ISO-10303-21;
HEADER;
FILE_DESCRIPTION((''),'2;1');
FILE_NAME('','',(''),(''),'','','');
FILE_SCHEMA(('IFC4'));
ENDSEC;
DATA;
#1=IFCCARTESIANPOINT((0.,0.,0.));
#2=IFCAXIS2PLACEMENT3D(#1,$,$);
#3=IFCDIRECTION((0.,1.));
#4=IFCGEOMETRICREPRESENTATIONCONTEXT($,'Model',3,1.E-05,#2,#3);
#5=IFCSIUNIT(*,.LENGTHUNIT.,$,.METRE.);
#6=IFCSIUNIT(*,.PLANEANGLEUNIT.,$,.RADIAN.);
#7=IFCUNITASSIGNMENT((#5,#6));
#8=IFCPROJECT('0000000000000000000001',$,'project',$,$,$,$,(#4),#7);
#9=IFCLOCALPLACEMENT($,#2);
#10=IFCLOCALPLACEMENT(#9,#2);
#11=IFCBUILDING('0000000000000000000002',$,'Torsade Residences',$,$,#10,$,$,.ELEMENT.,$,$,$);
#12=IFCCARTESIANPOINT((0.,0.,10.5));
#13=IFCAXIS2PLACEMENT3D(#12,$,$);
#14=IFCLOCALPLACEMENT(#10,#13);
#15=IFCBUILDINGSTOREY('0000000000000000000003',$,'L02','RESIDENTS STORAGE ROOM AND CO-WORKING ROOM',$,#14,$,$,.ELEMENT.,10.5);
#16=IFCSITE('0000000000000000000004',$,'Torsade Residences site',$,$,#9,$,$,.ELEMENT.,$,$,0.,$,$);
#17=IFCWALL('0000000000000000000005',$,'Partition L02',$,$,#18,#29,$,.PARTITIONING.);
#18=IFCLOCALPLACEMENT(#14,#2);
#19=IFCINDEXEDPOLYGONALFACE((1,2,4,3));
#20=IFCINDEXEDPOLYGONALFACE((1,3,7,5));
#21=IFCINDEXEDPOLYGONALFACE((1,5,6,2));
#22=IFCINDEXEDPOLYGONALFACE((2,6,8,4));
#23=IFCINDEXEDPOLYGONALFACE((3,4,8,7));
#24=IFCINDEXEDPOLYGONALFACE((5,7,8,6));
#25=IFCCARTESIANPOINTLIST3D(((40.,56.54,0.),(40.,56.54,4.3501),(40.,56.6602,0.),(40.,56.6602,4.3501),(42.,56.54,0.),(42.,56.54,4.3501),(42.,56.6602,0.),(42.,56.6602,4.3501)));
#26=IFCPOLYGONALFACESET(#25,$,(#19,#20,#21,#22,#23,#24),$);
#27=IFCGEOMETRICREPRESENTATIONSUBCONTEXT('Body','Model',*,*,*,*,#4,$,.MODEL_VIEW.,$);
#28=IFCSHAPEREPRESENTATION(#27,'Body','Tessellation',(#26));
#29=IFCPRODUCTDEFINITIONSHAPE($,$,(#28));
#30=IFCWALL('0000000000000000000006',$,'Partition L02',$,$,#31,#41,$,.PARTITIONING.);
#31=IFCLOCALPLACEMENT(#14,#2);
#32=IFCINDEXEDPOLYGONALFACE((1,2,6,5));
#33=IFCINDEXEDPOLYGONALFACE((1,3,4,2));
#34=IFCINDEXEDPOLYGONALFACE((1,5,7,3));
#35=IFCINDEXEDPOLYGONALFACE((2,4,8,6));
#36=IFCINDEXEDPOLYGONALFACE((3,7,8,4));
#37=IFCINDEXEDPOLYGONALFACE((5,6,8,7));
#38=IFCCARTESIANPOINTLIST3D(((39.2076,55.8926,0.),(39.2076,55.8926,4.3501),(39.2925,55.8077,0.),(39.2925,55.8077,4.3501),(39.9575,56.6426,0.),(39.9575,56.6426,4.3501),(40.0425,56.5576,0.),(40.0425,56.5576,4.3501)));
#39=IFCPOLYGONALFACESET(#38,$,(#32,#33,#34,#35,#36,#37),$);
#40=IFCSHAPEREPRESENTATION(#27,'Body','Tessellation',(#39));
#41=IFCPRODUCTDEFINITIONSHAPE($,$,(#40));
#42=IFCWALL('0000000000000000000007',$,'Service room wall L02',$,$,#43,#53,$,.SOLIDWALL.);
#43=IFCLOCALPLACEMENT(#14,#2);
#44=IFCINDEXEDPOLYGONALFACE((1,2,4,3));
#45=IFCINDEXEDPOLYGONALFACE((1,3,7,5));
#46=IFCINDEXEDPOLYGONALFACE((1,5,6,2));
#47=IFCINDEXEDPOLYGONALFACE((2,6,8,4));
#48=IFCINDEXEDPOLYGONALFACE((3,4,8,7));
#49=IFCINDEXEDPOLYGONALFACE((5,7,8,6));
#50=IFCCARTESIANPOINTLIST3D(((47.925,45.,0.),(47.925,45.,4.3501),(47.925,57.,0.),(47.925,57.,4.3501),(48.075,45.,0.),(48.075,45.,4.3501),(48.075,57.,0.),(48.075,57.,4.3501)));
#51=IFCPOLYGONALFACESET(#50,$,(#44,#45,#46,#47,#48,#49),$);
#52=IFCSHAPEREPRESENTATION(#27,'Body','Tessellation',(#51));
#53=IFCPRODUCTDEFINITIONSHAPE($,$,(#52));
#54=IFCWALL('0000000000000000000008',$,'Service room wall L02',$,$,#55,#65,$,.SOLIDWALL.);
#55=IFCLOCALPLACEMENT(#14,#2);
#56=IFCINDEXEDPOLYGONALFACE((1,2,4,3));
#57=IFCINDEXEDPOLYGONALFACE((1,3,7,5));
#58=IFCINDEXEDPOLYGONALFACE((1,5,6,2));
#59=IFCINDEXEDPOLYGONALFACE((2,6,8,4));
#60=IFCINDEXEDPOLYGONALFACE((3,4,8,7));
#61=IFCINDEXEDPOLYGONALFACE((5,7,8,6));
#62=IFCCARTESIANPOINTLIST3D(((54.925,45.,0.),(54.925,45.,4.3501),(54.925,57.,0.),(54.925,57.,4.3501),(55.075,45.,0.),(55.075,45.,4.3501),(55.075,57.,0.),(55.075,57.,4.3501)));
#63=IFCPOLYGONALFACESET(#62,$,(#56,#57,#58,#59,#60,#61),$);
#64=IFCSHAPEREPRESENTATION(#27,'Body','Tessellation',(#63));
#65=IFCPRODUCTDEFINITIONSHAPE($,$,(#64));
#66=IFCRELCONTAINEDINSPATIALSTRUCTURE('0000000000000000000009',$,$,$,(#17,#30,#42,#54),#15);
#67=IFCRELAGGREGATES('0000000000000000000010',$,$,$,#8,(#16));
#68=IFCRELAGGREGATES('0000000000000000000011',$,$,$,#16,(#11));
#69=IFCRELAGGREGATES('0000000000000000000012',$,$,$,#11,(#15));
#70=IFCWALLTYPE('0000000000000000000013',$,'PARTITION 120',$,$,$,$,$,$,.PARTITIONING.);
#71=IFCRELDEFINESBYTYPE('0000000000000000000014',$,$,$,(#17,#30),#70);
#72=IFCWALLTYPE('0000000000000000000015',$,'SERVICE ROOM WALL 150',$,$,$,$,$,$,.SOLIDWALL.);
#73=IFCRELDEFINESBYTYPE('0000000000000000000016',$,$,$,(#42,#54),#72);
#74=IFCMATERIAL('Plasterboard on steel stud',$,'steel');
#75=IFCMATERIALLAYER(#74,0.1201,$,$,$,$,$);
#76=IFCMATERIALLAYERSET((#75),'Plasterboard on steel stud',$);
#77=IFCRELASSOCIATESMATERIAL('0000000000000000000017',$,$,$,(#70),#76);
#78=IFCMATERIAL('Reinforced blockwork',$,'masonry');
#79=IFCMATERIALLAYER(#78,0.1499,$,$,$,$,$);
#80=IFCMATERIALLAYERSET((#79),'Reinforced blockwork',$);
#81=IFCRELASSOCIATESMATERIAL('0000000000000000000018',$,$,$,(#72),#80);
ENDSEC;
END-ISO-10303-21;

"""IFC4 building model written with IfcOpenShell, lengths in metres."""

from ifc_helpers import new_model, si_unit, direction, frame, frame_2d, origin, place, context, subcontext, project, spatial, rectangle, extrude, material, layer, layer_set, type_object, element, save


model = new_model("IFC4")

# Units and contexts
model_context = context("Model", 3, precision=1e-05, world=origin(), true_north=direction((0.0, 1.0)))
body_context = subcontext(model_context, "Body", "Model", "MODEL_VIEW")
ifc_project = project(units=[si_unit("LENGTHUNIT", "METRE"), si_unit("PLANEANGLEUNIT", "RADIAN")], contexts=[model_context])

# Site, building, storey
site_placement = place(None, origin())
site = spatial("IfcSite", under=ifc_project, at=site_placement, Name="Torsade Residences site", CompositionType="ELEMENT", RefElevation=0.0)
building_placement = place(site_placement, origin())
building = spatial("IfcBuilding", under=site, at=building_placement, Name="Torsade Residences", CompositionType="ELEMENT")
storey_placement = place(building_placement, frame((0.0, 0.0, 10.5)))
storey = spatial("IfcBuildingStorey", under=building, at=storey_placement, Name="L02", Description="RESIDENTS STORAGE ROOM AND CO-WORKING ROOM", CompositionType="ELEMENT", Elevation=10.5)

# Walls
ifc_material_1 = material(Name="Plasterboard on steel stud", Category="steel")
ifc_layer_1 = layer(ifc_material_1, 0.1201)
ifc_layer_set_1 = layer_set([ifc_layer_1], Name="Plasterboard on steel stud")
wall_type_1 = type_object("IfcWallType", Name="PARTITION 120", PredefinedType="PARTITIONING", material=ifc_layer_set_1)
wall_1_placement = place(storey_placement, frame((42.0, 56.6001, 0.0), z_axis=(0.0, 0.0, 1.0), x_axis=(-1.0, 0.0, 0.0)))
element("IfcWall", 1, at=wall_1_placement, inside=storey, type_object=wall_type_1, Name="Partition L02", PredefinedType="PARTITIONING", context=body_context, shape_type="SweptSolid", body=[
    extrude(rectangle(XDim=2.0, YDim=0.1201, at=frame_2d((1.0, 0.0))), origin(), (0.0, 0.0, 1.0), 4.3501),
])
wall_2_placement = place(storey_placement, frame((40.0, 56.6001, 0.0), z_axis=(0.0, 0.0, 1.0), x_axis=(-0.707107, -0.707107, 0.0)))
element("IfcWall", 2, at=wall_2_placement, inside=storey, type_object=wall_type_1, Name="Partition L02", PredefinedType="PARTITIONING", context=body_context, shape_type="SweptSolid", body=[
    extrude(rectangle(XDim=1.0605, YDim=0.1201, at=frame_2d((0.5303, 0.0))), origin(), (0.0, 0.0, 1.0), 4.3501),
])
ifc_material_2 = material(Name="Reinforced blockwork", Category="masonry")
ifc_layer_2 = layer(ifc_material_2, 0.1499)
ifc_layer_set_2 = layer_set([ifc_layer_2], Name="Reinforced blockwork")
wall_type_2 = type_object("IfcWallType", Name="SERVICE ROOM WALL 150", PredefinedType="SOLIDWALL", material=ifc_layer_set_2)
for number, where, z_axis, x_axis, name in (
    (3, (48.0, 57.0, 0.0), (0.0, 0.0, 1.0), (0.0, -1.0, 0.0), "Service room wall L02"),
    (4, (55.0, 57.0, 0.0), (0.0, 0.0, 1.0), (0.0, -1.0, 0.0), "Service room wall L02"),
):
    element("IfcWall", number, at=place(storey_placement, frame(where, z_axis=z_axis, x_axis=x_axis)), inside=storey, type_object=wall_type_2, Name=name, PredefinedType="SOLIDWALL", context=body_context, shape_type="SweptSolid", body=[
        extrude(rectangle(XDim=12.0, YDim=0.1499, at=frame_2d((6.0, 0.0))), origin(), (0.0, 0.0, 1.0), 4.3501),
    ])

save(model, "model.ifc")
